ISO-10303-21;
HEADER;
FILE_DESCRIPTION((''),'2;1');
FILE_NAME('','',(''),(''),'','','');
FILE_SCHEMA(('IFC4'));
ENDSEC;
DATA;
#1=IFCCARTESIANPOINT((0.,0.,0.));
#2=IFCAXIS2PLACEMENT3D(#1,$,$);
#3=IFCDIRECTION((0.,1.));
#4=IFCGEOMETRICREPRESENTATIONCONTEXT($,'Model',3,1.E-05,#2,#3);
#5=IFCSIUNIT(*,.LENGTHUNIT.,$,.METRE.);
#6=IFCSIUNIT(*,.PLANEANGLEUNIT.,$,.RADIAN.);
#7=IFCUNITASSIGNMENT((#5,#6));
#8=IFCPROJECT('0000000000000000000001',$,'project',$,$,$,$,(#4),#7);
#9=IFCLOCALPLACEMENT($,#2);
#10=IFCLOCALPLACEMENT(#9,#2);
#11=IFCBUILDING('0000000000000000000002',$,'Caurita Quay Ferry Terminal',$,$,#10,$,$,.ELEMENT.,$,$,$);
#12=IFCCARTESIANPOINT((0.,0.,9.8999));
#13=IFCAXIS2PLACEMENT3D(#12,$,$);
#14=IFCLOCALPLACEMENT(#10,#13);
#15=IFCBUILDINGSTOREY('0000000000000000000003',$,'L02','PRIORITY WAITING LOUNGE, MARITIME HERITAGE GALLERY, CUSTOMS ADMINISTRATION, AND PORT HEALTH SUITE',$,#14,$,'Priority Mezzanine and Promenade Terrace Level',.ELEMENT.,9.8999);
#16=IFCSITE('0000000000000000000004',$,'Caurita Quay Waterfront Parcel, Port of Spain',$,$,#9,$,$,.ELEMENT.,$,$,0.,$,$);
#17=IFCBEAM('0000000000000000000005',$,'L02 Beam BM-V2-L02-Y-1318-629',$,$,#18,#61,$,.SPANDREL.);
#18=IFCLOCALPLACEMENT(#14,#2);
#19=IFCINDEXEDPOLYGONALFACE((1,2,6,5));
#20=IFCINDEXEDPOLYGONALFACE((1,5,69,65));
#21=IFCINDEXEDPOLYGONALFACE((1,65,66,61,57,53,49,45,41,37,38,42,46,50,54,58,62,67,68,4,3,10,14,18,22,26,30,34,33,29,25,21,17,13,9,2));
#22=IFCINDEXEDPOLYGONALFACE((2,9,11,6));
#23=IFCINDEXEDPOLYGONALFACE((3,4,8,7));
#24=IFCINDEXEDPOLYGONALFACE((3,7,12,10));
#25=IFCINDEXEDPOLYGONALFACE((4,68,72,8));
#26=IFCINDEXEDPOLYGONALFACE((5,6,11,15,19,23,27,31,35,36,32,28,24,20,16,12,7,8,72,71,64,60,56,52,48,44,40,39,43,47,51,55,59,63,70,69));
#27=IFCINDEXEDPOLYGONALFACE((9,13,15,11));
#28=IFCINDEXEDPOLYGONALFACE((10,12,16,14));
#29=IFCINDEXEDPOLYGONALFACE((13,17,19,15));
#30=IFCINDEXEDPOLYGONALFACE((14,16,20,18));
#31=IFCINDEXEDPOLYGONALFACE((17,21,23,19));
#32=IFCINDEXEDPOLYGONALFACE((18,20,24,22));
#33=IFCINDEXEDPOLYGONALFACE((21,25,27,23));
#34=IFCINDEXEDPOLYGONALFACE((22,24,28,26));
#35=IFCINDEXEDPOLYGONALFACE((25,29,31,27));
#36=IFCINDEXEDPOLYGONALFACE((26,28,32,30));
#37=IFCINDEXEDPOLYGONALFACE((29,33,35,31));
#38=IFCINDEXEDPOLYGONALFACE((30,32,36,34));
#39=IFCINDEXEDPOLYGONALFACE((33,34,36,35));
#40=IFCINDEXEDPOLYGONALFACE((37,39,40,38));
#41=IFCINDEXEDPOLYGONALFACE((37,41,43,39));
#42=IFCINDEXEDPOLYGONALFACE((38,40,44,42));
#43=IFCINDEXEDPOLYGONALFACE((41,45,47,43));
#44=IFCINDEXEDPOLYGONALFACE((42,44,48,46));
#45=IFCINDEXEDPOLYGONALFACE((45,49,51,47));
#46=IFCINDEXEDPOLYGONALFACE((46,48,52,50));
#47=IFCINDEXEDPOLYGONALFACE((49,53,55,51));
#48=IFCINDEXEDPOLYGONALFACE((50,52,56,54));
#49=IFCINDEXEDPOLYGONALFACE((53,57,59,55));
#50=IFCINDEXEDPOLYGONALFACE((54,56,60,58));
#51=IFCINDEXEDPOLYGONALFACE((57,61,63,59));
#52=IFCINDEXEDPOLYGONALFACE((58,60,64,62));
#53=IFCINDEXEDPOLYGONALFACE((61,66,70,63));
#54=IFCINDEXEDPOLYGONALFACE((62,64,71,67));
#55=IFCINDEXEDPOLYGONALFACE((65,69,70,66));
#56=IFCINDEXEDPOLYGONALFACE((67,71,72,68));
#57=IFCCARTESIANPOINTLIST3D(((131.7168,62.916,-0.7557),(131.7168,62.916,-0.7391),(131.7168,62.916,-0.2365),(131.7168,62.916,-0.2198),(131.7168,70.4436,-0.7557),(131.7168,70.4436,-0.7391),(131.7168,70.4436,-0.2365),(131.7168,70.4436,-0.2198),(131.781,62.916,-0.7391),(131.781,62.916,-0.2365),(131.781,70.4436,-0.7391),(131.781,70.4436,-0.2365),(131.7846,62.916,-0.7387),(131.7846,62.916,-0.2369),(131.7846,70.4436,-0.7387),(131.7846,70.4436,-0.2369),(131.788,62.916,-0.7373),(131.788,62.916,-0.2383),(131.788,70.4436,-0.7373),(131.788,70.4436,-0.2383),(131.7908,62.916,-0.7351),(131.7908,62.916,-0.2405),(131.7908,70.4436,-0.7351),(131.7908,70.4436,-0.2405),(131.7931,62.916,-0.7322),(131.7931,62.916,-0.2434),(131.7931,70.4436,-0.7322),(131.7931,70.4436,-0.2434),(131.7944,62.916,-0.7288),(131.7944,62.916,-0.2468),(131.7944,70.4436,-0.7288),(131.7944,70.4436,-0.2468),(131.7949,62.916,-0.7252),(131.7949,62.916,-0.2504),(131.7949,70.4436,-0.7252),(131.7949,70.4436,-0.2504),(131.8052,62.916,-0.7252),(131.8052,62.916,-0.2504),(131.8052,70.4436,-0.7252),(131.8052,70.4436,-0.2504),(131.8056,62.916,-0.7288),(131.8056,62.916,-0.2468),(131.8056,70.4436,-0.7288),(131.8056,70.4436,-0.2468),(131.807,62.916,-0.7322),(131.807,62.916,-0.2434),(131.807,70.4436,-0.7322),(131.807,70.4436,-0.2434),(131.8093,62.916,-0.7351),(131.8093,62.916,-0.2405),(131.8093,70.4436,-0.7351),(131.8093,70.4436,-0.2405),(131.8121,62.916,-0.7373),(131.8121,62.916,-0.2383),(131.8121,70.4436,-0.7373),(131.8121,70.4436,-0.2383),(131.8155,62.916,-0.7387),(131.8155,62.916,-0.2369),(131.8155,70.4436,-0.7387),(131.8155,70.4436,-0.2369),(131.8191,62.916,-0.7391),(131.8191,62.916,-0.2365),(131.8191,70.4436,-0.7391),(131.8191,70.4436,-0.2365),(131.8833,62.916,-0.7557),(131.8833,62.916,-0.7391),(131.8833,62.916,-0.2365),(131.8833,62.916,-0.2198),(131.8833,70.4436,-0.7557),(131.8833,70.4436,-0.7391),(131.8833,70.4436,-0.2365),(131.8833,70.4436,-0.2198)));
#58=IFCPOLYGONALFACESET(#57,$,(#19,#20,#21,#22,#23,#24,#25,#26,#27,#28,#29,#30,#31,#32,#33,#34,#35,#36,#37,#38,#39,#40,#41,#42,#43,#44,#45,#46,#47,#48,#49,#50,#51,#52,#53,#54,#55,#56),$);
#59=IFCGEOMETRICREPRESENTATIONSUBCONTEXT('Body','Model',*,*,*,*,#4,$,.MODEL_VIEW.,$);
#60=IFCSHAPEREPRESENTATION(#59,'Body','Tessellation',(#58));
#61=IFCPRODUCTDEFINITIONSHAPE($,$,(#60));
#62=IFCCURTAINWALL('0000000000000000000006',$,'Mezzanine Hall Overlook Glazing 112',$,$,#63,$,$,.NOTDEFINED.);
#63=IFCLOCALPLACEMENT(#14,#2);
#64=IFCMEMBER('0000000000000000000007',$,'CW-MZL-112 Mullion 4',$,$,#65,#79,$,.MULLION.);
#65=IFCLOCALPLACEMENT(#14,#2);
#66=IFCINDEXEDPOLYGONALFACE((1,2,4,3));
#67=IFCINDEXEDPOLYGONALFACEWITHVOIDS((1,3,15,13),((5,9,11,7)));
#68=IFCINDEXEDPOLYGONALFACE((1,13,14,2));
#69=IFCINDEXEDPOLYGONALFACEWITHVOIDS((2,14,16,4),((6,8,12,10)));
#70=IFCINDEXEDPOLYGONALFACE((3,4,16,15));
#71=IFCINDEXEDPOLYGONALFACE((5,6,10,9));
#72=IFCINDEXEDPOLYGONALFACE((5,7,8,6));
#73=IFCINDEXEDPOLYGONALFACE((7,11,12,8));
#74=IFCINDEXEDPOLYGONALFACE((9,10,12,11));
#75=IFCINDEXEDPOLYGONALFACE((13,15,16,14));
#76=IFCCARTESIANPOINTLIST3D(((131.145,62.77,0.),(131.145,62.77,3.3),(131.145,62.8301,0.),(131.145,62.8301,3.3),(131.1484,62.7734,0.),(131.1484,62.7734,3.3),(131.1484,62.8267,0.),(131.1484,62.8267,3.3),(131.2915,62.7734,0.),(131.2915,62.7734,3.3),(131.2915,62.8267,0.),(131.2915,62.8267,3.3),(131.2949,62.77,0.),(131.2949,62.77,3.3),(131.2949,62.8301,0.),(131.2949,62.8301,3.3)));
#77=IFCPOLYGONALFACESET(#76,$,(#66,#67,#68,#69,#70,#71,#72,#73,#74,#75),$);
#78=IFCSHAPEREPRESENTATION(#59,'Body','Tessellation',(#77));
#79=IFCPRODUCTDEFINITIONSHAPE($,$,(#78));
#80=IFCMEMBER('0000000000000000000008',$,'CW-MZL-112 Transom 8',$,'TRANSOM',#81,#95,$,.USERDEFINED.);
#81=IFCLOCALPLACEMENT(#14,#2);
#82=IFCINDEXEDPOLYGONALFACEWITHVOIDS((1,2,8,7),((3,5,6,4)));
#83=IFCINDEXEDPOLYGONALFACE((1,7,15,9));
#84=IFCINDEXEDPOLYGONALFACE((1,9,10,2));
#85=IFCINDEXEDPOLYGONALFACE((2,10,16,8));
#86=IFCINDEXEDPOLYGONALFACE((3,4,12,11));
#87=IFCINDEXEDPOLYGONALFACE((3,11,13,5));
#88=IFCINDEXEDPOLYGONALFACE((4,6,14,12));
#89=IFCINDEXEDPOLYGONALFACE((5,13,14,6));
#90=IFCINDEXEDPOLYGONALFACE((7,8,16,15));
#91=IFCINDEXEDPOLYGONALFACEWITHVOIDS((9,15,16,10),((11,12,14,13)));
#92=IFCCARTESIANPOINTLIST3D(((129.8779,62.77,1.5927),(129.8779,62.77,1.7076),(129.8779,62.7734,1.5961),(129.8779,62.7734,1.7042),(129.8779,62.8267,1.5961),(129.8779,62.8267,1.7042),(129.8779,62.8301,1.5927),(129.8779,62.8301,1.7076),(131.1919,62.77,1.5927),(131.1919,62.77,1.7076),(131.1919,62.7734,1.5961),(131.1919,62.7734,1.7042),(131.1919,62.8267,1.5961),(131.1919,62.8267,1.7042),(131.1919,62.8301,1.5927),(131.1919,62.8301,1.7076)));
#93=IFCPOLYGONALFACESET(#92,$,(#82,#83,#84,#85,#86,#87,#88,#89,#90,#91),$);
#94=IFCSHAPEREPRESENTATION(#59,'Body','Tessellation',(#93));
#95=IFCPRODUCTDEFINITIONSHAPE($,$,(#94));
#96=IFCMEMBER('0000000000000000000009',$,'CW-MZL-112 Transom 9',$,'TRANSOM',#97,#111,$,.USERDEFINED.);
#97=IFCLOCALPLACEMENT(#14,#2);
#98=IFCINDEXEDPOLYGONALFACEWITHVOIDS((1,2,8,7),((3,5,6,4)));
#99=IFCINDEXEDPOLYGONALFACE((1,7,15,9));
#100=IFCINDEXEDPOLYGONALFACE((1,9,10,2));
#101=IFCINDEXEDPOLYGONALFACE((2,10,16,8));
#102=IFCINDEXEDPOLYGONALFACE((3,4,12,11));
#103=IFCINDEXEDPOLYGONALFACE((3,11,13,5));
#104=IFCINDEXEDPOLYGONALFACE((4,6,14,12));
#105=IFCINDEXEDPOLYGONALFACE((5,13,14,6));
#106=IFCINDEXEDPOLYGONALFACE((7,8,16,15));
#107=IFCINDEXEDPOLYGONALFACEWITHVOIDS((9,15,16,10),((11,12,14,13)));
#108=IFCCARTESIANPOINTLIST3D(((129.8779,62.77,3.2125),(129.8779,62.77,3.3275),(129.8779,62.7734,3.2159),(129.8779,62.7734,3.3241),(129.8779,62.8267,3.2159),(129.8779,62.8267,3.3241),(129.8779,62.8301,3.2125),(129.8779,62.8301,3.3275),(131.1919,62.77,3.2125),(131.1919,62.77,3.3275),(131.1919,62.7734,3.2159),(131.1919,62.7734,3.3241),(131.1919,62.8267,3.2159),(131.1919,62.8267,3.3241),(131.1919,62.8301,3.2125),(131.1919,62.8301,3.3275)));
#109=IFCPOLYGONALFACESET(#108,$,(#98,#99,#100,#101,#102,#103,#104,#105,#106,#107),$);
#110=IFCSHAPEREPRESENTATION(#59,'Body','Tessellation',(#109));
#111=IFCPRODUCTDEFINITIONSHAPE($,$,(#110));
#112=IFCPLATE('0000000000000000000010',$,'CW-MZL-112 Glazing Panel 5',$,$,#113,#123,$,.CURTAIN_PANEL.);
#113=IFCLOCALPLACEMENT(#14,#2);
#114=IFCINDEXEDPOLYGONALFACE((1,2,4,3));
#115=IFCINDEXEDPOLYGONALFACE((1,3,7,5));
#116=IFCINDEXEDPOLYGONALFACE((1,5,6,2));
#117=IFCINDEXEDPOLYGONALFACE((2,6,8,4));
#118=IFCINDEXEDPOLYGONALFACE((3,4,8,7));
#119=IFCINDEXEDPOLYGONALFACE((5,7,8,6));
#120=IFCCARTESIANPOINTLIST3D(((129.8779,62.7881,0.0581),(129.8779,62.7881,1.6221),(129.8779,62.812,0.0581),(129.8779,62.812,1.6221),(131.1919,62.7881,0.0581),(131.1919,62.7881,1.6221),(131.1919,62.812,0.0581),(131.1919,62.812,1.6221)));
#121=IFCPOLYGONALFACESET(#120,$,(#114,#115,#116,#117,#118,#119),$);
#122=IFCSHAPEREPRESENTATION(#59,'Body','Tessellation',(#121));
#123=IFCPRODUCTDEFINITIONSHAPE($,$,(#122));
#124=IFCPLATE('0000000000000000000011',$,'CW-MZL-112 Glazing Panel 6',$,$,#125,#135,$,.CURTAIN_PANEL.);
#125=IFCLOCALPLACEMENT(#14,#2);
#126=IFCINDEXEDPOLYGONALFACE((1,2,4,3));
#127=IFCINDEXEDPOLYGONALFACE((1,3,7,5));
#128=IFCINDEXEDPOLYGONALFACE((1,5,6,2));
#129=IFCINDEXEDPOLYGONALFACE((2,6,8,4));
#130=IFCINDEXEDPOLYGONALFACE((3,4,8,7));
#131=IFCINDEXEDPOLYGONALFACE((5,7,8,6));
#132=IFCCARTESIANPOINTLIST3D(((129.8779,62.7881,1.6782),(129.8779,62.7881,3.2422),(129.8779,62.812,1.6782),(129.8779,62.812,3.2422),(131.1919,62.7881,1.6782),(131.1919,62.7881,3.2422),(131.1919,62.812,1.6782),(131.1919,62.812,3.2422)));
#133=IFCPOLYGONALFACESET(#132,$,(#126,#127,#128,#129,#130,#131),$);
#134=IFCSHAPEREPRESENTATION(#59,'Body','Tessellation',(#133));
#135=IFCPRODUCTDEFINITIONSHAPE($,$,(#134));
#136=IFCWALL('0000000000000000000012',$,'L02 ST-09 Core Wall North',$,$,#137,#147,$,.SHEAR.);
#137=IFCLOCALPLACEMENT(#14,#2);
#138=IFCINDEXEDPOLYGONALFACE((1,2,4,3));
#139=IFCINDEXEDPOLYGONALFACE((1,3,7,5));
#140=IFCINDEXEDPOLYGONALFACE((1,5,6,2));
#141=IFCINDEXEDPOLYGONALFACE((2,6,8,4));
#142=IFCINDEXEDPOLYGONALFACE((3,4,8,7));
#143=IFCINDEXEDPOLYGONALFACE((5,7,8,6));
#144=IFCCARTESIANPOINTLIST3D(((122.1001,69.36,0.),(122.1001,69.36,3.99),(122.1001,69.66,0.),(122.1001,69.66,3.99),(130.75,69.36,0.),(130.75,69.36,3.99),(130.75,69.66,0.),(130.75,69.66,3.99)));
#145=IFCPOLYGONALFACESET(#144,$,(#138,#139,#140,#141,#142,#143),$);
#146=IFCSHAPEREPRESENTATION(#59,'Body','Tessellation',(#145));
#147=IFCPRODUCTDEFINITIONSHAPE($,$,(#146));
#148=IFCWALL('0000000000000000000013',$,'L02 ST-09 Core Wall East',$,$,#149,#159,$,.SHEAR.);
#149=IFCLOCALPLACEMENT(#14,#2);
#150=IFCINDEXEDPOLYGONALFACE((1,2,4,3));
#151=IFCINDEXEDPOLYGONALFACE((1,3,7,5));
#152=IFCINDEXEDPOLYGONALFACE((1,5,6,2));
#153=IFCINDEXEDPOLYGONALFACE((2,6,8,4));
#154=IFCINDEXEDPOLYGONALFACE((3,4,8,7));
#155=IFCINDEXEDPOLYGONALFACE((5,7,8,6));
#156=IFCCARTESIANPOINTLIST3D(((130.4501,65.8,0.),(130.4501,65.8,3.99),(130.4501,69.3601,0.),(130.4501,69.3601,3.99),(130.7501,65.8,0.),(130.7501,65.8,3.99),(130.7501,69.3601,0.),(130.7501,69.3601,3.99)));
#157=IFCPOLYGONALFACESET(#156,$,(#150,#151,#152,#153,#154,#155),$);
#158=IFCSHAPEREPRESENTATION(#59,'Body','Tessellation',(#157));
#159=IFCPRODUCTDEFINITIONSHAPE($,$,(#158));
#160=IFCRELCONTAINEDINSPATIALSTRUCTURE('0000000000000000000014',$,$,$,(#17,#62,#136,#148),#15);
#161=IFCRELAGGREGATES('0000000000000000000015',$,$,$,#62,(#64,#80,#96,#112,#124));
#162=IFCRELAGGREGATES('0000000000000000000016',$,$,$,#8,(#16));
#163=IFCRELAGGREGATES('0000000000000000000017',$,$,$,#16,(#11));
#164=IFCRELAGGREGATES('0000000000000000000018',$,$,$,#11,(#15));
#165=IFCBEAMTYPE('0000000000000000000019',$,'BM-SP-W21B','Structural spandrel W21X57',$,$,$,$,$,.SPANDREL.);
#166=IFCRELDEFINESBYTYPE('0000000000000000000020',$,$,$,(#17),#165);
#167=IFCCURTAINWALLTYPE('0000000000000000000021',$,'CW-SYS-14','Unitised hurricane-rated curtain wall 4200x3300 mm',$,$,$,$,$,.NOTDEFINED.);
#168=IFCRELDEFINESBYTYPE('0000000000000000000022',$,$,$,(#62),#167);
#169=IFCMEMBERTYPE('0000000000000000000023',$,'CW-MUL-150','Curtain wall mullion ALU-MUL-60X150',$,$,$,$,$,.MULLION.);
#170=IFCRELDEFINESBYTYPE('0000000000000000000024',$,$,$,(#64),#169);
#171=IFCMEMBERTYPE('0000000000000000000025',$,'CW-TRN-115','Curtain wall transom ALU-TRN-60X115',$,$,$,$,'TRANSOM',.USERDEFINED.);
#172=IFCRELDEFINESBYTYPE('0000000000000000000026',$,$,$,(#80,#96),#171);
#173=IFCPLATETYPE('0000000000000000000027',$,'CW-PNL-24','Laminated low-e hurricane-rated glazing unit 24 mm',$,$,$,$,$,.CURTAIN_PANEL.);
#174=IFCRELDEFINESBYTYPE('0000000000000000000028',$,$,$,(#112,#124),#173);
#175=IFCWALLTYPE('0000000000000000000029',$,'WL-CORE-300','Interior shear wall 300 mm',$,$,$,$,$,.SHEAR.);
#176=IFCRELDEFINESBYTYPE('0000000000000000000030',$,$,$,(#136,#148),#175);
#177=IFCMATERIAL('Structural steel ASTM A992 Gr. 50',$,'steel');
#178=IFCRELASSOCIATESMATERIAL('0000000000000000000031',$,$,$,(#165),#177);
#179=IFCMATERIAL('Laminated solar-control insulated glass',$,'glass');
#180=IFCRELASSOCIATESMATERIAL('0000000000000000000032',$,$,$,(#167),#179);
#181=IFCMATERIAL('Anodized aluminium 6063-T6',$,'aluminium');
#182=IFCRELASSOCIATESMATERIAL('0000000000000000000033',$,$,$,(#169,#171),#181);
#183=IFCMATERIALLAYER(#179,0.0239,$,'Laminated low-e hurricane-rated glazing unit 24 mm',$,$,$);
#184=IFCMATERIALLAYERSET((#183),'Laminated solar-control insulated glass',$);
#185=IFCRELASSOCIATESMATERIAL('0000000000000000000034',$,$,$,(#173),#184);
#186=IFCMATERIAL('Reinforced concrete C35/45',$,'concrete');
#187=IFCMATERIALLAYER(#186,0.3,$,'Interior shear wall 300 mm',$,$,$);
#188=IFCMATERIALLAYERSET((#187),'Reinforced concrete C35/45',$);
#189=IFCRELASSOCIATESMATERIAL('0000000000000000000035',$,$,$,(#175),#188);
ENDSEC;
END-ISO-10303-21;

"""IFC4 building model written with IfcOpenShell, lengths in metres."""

from ifc_helpers import new_model, si_unit, direction, frame, frame_2d, origin, origin_2d, place, context, subcontext, project, spatial, rectangle, hollow_rectangle, i_section, extrude, material, layer, layer_set, material_profile, profile_set, type_object, element, aggregate, save


model = new_model("IFC4")

# Units and contexts
model_context = context("Model", 3, precision=1e-05, world=origin(), true_north=direction((0.0, 1.0)))
body_context = subcontext(model_context, "Body", "Model", "MODEL_VIEW")
ifc_project = project(units=[si_unit("LENGTHUNIT", "METRE"), si_unit("PLANEANGLEUNIT", "RADIAN")], contexts=[model_context])

# Site, building, storey
site_placement = place(None, origin())
site = spatial("IfcSite", under=ifc_project, at=site_placement, Name="Caurita Quay Waterfront Parcel, Port of Spain", CompositionType="ELEMENT", RefElevation=0.0)
building_placement = place(site_placement, origin())
building = spatial("IfcBuilding", under=site, at=building_placement, Name="Caurita Quay Ferry Terminal", CompositionType="ELEMENT")
storey_placement = place(building_placement, frame((0.0, 0.0, 9.8999)))
storey = spatial("IfcBuildingStorey", under=building, at=storey_placement, Name="L02", Description="PRIORITY WAITING LOUNGE, MARITIME HERITAGE GALLERY, CUSTOMS ADMINISTRATION, AND PORT HEALTH SUITE", LongName="Priority Mezzanine and Promenade Terrace Level", CompositionType="ELEMENT", Elevation=9.8999)

# Beam
ifc_material_1 = material(Name="Structural steel ASTM A992 Gr. 50", Category="steel")
ifc_material_profile_1 = material_profile(ifc_material_1, i_section(OverallWidth=0.1665, OverallDepth=0.5359, WebThickness=0.0103, FlangeThickness=0.0166, FilletRadius=0.0139, at=origin_2d()), Name="W21X57")
ifc_profile_set_1 = profile_set([ifc_material_profile_1], Name="Structural steel ASTM A992 Gr. 50")
beam_type_1 = type_object("IfcBeamType", Name="BM-SP-W21B", Description="Structural spandrel W21X57", PredefinedType="SPANDREL", material=ifc_profile_set_1)
beam_placement = place(storey_placement, frame((131.8, 62.916, -0.4878), z_axis=(0.0, 1.0, 0.0), x_axis=(-1.0, 0.0, 0.0)))
element("IfcBeam", 1, at=beam_placement, inside=storey, type_object=beam_type_1, Name="L02 Beam BM-V2-L02-Y-1318-629", PredefinedType="SPANDREL", context=body_context, shape_type="SweptSolid", body=[
    extrude(i_section(OverallWidth=0.1665, OverallDepth=0.5359, WebThickness=0.0103, FlangeThickness=0.0166, FilletRadius=0.0139, at=origin_2d()), origin(), (0.0, 0.0, 1.0), 7.5276),
])

# Curtain wall, members, plates
ifc_material_2 = material(Name="Laminated solar-control insulated glass", Category="glass")
curtain_wall_type = type_object("IfcCurtainWallType", Name="CW-SYS-14", Description="Unitised hurricane-rated curtain wall 4200x3300 mm", PredefinedType="NOTDEFINED", material=ifc_material_2)
curtain_wall_placement = place(storey_placement, origin())
curtain_wall = element("IfcCurtainWall", 2, at=curtain_wall_placement, inside=storey, type_object=curtain_wall_type, Name="Mezzanine Hall Overlook Glazing 112", PredefinedType="NOTDEFINED")
ifc_material_3 = material(Name="Anodized aluminium 6063-T6", Category="aluminium")
ifc_material_profile_2 = material_profile(ifc_material_3, hollow_rectangle(XDim=0.0601, YDim=0.1499, WallThickness=0.0034, at=origin_2d()), Name="ALU-MUL-60X150")
ifc_profile_set_2 = profile_set([ifc_material_profile_2], Name="Anodized aluminium 6063-T6")
member_type_1 = type_object("IfcMemberType", Name="CW-MUL-150", Description="Curtain wall mullion ALU-MUL-60X150", PredefinedType="MULLION", material=ifc_profile_set_2)
member_1_placement = place(storey_placement, frame((131.22, 62.8, 0.0), z_axis=(0.0, 0.0, 1.0), x_axis=(0.0, 1.0, 0.0)))
member_1 = element("IfcMember", 3, at=member_1_placement, type_object=member_type_1, Name="CW-MZL-112 Mullion 4", PredefinedType="MULLION", context=body_context, shape_type="SweptSolid", body=[
    extrude(hollow_rectangle(XDim=0.0601, YDim=0.1499, WallThickness=0.0034, at=origin_2d()), origin(), (0.0, 0.0, 1.0), 3.3),
])
ifc_material_profile_3 = material_profile(ifc_material_3, hollow_rectangle(XDim=0.0601, YDim=0.115, WallThickness=0.0034, at=origin_2d()), Name="ALU-TRN-60X115")
ifc_profile_set_3 = profile_set([ifc_material_profile_3], Name="Anodized aluminium 6063-T6")
member_type_2 = type_object("IfcMemberType", Name="CW-TRN-115", Description="Curtain wall transom ALU-TRN-60X115", ElementType="TRANSOM", PredefinedType="USERDEFINED", material=ifc_profile_set_3)
member_2_placement = place(storey_placement, frame((129.8779, 62.8, 1.6501), z_axis=(1.0, 0.0, 0.0), x_axis=(0.0, 1.0, 0.0)))
member_2 = element("IfcMember", 4, at=member_2_placement, type_object=member_type_2, Name="CW-MZL-112 Transom 8", ObjectType="TRANSOM", PredefinedType="USERDEFINED", context=body_context, shape_type="SweptSolid", body=[
    extrude(hollow_rectangle(XDim=0.0601, YDim=0.115, WallThickness=0.0034, at=origin_2d()), origin(), (0.0, 0.0, 1.0), 1.314),
])
member_3_placement = place(storey_placement, frame((129.8779, 62.8, 3.27), z_axis=(1.0, 0.0, 0.0), x_axis=(0.0, 1.0, 0.0)))
member_3 = element("IfcMember", 5, at=member_3_placement, type_object=member_type_2, Name="CW-MZL-112 Transom 9", ObjectType="TRANSOM", PredefinedType="USERDEFINED", context=body_context, shape_type="SweptSolid", body=[
    extrude(hollow_rectangle(XDim=0.0601, YDim=0.115, WallThickness=0.0034, at=origin_2d()), origin(), (0.0, 0.0, 1.0), 1.314),
])
ifc_layer_1 = layer(ifc_material_2, 0.0239, Name="Laminated low-e hurricane-rated glazing unit 24 mm")
ifc_layer_set_1 = layer_set([ifc_layer_1], Name="Laminated solar-control insulated glass")
plate_type = type_object("IfcPlateType", Name="CW-PNL-24", Description="Laminated low-e hurricane-rated glazing unit 24 mm", PredefinedType="CURTAIN_PANEL", material=ifc_layer_set_1)
plate_1_placement = place(storey_placement, frame((130.5349, 62.8, 0.0581), z_axis=(0.0, 0.0, 1.0), x_axis=(1.0, 0.0, 0.0)))
plate_1 = element("IfcPlate", 6, at=plate_1_placement, type_object=plate_type, Name="CW-MZL-112 Glazing Panel 5", PredefinedType="CURTAIN_PANEL", context=body_context, shape_type="SweptSolid", body=[
    extrude(rectangle(XDim=1.314, YDim=0.0239, at=origin_2d()), origin(), (0.0, 0.0, 1.0), 1.564),
])
plate_2_placement = place(storey_placement, frame((130.5349, 62.8, 1.6782), z_axis=(0.0, 0.0, 1.0), x_axis=(1.0, 0.0, 0.0)))
plate_2 = element("IfcPlate", 7, at=plate_2_placement, type_object=plate_type, Name="CW-MZL-112 Glazing Panel 6", PredefinedType="CURTAIN_PANEL", context=body_context, shape_type="SweptSolid", body=[
    extrude(rectangle(XDim=1.314, YDim=0.0239, at=origin_2d()), origin(), (0.0, 0.0, 1.0), 1.564),
])
aggregate(curtain_wall, [member_1, member_2, member_3, plate_1, plate_2])

# Walls
ifc_material_4 = material(Name="Reinforced concrete C35/45", Category="concrete")
ifc_layer_2 = layer(ifc_material_4, 0.3, Name="Interior shear wall 300 mm")
ifc_layer_set_2 = layer_set([ifc_layer_2], Name="Reinforced concrete C35/45")
wall_type = type_object("IfcWallType", Name="WL-CORE-300", Description="Interior shear wall 300 mm", PredefinedType="SHEAR", material=ifc_layer_set_2)
wall_1_placement = place(storey_placement, frame((130.75, 69.51, 0.0), z_axis=(0.0, 0.0, 1.0), x_axis=(-1.0, 0.0, 0.0)))
element("IfcWall", 8, at=wall_1_placement, inside=storey, type_object=wall_type, Name="L02 ST-09 Core Wall North", PredefinedType="SHEAR", context=body_context, shape_type="SweptSolid", body=[
    extrude(rectangle(XDim=8.6499, YDim=0.3, at=frame_2d((4.325, 0.0))), origin(), (0.0, 0.0, 1.0), 3.99),
])
wall_2_placement = place(storey_placement, frame((130.6001, 65.8, 0.0), z_axis=(0.0, 0.0, 1.0), x_axis=(0.0, 1.0, 0.0)))
element("IfcWall", 9, at=wall_2_placement, inside=storey, type_object=wall_type, Name="L02 ST-09 Core Wall East", PredefinedType="SHEAR", context=body_context, shape_type="SweptSolid", body=[
    extrude(rectangle(XDim=3.5601, YDim=0.3, at=frame_2d((1.78, 0.0))), origin(), (0.0, 0.0, 1.0), 3.99),
])

save(model, "model.ifc")
